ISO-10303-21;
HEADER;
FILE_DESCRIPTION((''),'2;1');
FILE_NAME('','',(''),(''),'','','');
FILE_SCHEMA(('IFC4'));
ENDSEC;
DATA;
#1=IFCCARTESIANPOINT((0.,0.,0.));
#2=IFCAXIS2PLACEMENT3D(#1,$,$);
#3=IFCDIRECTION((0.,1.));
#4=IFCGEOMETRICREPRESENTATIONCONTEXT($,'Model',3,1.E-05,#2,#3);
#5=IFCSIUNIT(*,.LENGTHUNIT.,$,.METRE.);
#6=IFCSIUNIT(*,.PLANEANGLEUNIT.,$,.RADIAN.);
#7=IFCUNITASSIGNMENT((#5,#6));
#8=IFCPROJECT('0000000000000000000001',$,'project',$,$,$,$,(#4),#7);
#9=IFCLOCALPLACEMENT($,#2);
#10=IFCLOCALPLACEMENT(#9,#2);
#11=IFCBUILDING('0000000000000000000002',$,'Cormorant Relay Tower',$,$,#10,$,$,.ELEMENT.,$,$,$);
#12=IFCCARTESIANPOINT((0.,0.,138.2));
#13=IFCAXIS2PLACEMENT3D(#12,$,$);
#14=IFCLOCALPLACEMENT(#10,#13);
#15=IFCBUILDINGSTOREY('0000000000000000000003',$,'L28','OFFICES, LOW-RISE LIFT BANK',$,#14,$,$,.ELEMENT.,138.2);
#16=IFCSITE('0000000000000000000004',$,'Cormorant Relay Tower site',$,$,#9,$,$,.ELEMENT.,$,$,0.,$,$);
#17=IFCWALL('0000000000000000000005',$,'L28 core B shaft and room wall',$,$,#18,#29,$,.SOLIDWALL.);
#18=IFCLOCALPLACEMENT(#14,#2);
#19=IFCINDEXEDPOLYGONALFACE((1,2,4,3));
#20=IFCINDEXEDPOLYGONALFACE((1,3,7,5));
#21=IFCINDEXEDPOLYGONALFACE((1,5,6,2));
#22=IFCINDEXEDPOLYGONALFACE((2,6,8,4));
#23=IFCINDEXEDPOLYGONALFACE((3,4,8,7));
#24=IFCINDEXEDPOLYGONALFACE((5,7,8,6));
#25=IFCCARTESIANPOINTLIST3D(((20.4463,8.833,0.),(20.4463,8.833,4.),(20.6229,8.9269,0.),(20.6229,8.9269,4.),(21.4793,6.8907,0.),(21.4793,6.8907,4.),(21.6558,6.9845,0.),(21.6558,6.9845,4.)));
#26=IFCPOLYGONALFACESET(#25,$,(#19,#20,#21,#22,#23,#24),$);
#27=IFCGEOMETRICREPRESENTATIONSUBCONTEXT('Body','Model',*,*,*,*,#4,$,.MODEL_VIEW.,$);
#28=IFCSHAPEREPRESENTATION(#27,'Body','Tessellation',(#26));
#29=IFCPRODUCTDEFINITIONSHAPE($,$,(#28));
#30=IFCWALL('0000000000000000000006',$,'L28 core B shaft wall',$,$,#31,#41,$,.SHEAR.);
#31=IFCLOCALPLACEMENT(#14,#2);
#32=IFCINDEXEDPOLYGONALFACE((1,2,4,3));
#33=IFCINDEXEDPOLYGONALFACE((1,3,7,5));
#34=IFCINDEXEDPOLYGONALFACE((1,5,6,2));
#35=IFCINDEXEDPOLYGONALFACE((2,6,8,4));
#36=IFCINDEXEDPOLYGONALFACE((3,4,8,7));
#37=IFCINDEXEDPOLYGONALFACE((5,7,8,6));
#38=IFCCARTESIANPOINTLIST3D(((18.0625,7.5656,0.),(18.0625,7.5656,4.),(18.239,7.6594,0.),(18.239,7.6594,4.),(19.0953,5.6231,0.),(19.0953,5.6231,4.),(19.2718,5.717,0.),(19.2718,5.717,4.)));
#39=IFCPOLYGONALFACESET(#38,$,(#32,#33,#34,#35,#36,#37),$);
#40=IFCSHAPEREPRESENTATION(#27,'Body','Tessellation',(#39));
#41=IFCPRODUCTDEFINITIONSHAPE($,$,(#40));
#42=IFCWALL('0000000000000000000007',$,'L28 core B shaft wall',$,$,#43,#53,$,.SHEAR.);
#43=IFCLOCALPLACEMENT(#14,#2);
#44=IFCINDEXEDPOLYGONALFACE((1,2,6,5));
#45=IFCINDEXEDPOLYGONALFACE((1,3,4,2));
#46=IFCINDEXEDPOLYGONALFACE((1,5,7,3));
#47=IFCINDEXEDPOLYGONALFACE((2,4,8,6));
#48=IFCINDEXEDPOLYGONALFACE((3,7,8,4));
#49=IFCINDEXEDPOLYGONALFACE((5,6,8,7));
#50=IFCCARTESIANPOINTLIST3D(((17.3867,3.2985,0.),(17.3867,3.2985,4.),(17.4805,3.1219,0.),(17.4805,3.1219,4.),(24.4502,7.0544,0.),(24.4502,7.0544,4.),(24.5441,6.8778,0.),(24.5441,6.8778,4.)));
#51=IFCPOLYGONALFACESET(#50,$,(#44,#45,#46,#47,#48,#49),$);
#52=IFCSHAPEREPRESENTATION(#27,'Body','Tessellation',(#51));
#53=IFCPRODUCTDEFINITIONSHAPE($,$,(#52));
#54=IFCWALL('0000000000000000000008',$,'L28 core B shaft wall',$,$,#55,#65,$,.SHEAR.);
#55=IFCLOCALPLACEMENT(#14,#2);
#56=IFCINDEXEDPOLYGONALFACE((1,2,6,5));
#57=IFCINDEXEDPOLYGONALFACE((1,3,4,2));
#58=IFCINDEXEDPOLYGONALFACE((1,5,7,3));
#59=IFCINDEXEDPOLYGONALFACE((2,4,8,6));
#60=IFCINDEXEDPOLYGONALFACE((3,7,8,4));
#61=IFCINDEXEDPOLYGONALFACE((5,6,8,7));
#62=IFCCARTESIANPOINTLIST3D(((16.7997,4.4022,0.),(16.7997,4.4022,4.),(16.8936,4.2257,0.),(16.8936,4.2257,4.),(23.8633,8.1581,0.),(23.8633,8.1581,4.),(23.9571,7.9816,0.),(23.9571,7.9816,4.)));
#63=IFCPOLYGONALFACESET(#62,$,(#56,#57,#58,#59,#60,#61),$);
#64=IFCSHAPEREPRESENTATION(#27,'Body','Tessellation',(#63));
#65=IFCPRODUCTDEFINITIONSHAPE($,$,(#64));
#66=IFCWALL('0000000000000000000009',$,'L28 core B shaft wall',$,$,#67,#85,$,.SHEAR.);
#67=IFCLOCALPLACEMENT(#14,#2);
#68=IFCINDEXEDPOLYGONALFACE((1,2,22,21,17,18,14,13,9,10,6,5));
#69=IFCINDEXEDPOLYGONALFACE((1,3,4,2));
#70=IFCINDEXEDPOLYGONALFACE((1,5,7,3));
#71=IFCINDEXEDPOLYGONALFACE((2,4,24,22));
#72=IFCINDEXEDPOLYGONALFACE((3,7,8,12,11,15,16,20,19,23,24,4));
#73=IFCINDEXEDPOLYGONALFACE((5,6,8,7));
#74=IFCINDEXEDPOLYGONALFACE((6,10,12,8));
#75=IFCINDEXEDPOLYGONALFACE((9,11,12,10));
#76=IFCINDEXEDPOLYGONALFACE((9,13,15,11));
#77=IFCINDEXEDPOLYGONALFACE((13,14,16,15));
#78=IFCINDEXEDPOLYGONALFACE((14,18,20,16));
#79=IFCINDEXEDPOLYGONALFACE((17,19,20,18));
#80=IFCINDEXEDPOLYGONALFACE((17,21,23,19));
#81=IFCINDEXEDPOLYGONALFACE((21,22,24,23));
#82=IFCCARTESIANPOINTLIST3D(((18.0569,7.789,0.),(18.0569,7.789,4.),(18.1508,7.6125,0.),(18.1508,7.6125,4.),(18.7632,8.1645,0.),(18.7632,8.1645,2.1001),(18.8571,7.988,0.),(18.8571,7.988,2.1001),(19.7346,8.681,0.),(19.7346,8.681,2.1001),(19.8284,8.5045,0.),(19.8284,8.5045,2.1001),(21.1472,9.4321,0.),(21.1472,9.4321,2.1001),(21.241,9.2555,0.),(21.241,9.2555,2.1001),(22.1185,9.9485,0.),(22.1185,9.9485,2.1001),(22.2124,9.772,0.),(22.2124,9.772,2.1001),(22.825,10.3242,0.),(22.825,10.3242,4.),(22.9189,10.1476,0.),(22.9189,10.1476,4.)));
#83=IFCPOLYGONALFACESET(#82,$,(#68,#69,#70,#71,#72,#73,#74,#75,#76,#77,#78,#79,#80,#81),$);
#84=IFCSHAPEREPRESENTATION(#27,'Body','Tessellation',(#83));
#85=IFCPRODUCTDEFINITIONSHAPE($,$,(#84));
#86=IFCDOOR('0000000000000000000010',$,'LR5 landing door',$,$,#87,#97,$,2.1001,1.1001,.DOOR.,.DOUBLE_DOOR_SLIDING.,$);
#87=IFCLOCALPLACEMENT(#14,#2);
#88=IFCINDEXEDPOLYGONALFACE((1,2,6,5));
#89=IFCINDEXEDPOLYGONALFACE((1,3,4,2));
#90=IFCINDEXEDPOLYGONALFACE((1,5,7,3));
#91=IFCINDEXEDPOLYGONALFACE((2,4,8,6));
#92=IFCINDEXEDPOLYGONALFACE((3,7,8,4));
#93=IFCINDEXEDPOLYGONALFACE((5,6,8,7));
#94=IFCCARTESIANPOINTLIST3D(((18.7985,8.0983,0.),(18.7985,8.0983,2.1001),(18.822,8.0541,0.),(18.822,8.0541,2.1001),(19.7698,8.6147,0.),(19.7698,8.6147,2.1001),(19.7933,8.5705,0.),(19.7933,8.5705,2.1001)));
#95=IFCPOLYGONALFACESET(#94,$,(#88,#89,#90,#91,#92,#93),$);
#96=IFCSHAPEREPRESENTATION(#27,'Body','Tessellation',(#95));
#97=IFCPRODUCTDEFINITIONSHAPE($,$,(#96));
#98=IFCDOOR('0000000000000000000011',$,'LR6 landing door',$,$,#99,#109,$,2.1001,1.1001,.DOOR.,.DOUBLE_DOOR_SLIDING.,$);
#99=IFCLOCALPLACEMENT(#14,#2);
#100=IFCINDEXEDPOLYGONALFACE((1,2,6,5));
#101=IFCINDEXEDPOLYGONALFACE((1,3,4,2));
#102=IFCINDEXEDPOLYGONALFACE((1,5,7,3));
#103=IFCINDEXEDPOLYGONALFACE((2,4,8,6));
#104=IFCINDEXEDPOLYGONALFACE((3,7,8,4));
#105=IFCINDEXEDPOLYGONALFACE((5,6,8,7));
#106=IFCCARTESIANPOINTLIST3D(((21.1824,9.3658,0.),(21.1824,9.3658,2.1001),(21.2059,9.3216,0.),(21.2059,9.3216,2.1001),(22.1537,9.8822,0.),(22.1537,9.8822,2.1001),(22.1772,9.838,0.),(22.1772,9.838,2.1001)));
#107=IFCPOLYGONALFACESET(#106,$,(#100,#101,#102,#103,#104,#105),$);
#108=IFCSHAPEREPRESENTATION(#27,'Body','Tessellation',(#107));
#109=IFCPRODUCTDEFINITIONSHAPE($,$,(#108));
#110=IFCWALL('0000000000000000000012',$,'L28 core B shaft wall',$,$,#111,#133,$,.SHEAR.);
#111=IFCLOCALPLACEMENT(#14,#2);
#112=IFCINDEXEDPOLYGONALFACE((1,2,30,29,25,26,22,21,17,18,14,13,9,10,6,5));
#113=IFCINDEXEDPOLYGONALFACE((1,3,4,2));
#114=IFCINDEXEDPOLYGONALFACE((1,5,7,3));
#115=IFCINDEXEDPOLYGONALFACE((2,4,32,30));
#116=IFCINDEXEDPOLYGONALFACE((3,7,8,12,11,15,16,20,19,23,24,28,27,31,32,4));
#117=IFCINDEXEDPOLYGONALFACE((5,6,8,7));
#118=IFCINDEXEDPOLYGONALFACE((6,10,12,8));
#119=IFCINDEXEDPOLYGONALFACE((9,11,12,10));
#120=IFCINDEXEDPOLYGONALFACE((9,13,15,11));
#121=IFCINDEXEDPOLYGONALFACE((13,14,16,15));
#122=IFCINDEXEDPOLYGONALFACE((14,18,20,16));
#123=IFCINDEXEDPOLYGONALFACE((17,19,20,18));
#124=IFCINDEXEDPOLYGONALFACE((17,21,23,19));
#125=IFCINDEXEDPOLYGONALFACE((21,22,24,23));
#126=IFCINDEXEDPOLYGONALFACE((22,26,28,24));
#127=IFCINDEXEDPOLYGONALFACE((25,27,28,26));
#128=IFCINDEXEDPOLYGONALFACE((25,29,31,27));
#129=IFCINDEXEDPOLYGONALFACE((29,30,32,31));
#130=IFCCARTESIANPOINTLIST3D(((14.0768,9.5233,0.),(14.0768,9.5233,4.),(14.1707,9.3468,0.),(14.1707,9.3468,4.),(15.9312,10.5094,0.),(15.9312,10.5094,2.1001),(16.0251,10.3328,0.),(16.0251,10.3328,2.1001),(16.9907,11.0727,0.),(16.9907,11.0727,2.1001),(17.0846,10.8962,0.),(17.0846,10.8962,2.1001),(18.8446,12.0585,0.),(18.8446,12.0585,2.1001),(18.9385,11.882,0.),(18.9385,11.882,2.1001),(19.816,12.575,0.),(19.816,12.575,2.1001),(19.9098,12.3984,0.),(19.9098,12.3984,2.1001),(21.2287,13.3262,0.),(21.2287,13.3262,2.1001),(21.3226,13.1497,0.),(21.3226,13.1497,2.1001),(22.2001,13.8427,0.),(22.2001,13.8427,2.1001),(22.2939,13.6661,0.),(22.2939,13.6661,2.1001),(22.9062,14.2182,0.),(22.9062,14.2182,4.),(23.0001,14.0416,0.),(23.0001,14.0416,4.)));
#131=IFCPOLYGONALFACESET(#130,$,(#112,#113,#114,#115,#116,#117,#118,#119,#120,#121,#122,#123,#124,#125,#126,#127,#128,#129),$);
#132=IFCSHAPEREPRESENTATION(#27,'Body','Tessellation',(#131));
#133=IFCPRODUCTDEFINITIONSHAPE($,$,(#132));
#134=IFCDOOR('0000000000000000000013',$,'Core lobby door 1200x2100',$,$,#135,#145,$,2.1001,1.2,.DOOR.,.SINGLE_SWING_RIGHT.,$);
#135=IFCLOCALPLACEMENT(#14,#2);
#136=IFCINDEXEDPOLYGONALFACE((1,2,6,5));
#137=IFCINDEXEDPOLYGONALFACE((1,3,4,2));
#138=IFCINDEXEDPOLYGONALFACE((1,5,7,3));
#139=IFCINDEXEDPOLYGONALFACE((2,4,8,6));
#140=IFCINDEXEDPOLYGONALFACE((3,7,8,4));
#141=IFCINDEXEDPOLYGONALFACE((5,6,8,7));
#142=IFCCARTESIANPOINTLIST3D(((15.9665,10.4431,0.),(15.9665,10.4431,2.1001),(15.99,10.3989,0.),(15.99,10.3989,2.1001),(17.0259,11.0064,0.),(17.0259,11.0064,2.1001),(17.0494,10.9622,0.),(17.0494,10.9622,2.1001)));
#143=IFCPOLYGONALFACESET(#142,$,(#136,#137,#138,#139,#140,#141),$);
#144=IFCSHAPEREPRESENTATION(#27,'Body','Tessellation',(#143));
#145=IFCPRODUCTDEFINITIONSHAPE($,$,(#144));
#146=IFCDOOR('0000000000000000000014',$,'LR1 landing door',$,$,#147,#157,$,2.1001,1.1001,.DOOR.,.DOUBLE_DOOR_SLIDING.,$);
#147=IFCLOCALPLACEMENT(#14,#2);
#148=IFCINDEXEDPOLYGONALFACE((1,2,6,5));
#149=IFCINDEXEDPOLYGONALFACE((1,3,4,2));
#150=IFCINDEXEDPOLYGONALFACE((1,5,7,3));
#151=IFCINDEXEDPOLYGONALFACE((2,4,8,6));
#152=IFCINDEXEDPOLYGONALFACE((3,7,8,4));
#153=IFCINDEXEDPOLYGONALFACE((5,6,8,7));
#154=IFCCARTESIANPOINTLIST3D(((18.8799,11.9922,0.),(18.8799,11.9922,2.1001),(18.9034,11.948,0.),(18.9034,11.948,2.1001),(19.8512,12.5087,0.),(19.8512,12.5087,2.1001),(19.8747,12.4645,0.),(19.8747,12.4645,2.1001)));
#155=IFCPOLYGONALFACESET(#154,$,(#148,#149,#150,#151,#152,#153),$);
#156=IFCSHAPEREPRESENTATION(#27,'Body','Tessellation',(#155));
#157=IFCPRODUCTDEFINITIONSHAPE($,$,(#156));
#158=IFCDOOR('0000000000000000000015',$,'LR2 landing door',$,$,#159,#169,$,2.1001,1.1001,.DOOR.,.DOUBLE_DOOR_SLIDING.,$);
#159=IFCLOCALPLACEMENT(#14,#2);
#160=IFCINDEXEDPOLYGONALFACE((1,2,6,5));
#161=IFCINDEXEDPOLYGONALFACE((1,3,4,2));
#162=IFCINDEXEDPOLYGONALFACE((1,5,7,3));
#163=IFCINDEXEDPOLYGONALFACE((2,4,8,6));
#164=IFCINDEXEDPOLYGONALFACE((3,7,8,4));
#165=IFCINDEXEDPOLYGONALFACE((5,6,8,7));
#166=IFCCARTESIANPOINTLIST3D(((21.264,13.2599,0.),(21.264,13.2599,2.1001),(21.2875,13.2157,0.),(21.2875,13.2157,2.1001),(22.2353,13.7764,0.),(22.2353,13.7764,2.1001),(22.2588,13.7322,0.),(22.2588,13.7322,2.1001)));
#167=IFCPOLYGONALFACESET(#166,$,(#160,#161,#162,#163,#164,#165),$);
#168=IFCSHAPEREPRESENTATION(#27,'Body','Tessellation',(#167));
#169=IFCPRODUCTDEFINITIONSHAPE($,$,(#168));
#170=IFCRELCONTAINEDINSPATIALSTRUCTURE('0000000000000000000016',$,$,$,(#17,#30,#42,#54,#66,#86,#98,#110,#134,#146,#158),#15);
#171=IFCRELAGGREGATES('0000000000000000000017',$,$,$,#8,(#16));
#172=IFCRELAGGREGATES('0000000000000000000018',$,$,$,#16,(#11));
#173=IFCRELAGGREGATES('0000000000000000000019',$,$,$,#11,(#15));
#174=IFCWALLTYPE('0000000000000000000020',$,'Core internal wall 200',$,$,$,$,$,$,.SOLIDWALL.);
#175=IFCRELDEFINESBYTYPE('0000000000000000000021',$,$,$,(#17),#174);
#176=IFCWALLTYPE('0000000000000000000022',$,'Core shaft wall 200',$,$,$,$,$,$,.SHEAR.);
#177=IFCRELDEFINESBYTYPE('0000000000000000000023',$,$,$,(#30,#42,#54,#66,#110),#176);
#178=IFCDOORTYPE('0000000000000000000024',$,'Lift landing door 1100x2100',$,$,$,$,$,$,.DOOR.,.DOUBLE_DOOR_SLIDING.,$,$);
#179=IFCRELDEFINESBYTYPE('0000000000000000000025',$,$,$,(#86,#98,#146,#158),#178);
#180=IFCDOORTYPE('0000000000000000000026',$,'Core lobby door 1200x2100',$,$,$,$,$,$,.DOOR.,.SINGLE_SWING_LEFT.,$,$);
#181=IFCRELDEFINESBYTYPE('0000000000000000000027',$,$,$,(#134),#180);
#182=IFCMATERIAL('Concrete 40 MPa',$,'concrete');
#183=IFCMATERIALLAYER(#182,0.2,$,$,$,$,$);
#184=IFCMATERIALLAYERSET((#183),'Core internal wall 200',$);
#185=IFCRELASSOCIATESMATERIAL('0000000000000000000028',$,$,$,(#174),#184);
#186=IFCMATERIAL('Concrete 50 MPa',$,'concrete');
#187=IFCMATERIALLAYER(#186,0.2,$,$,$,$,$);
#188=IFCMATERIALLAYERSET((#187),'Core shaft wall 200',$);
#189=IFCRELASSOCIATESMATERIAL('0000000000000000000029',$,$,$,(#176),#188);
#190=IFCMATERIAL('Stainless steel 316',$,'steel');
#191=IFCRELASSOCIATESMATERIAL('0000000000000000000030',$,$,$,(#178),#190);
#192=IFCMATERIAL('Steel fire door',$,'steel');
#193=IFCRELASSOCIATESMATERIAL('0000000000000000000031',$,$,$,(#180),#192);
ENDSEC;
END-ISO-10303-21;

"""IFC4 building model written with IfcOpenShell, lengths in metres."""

from ifc_helpers import new_model, si_unit, direction, frame, frame_2d, origin, place, context, subcontext, project, spatial, rectangle, extrude, material, layer, layer_set, type_object, element, fill, save


model = new_model("IFC4")

# Units and contexts
model_context = context("Model", 3, precision=1e-05, world=origin(), true_north=direction((0.0, 1.0)))
body_context = subcontext(model_context, "Body", "Model", "MODEL_VIEW")
ifc_project = project(units=[si_unit("LENGTHUNIT", "METRE"), si_unit("PLANEANGLEUNIT", "RADIAN")], contexts=[model_context])

# Site, building, storey
site_placement = place(None, origin())
site = spatial("IfcSite", under=ifc_project, at=site_placement, Name="Cormorant Relay Tower site", CompositionType="ELEMENT", RefElevation=0.0)
building_placement = place(site_placement, origin())
building = spatial("IfcBuilding", under=site, at=building_placement, Name="Cormorant Relay Tower", CompositionType="ELEMENT")
storey_placement = place(building_placement, frame((0.0, 0.0, 138.2)))
storey = spatial("IfcBuildingStorey", under=building, at=storey_placement, Name="L28", Description="OFFICES, LOW-RISE LIFT BANK", CompositionType="ELEMENT", Elevation=138.2)

# Walls
ifc_material_1 = material(Name="Concrete 40 MPa", Category="concrete")
ifc_layer_1 = layer(ifc_material_1, 0.2)
ifc_layer_set_1 = layer_set([ifc_layer_1], Name="Core internal wall 200")
wall_type_1 = type_object("IfcWallType", Name="Core internal wall 200", PredefinedType="SOLIDWALL", material=ifc_layer_set_1)
wall_1_placement = place(storey_placement, frame((21.5676, 6.9375, 0.0), z_axis=(0.0, 0.0, 1.0), x_axis=(-0.469534, 0.882914, 0.0)))
element("IfcWall", 1, at=wall_1_placement, inside=storey, type_object=wall_type_1, Name="L28 core B shaft and room wall", PredefinedType="SOLIDWALL", context=body_context, shape_type="SweptSolid", body=[
    extrude(rectangle(XDim=2.2, YDim=0.2, at=frame_2d((1.1001, 0.0))), origin(), (0.0, 0.0, 1.0), 4.0),
])
ifc_material_2 = material(Name="Concrete 50 MPa", Category="concrete")
ifc_layer_2 = layer(ifc_material_2, 0.2)
ifc_layer_set_2 = layer_set([ifc_layer_2], Name="Core shaft wall 200")
wall_type_2 = type_object("IfcWallType", Name="Core shaft wall 200", PredefinedType="SHEAR", material=ifc_layer_set_2)
wall_2_placement = place(storey_placement, frame((19.1836, 5.6699, 0.0), z_axis=(0.0, 0.0, 1.0), x_axis=(-0.469447, 0.88296, 0.0)))
element("IfcWall", 2, at=wall_2_placement, inside=storey, type_object=wall_type_2, Name="L28 core B shaft wall", PredefinedType="SHEAR", context=body_context, shape_type="SweptSolid", body=[
    extrude(rectangle(XDim=2.2, YDim=0.2, at=frame_2d((1.1001, 0.0))), origin(), (0.0, 0.0, 1.0), 4.0),
])
for number, where, z_axis, x_axis, name in (
    (3, (17.4336, 3.2102, 0.0), (0.0, 0.0, 1.0), (0.88294, 0.469485, 0.0), "L28 core B shaft wall"),
    (4, (16.8467, 4.314, 0.0), (0.0, 0.0, 1.0), (0.88294, 0.469485, 0.0), "L28 core B shaft wall"),
):
    element("IfcWall", number, at=place(storey_placement, frame(where, z_axis=z_axis, x_axis=x_axis)), inside=storey, type_object=wall_type_2, Name=name, PredefinedType="SHEAR", context=body_context, shape_type="SweptSolid", body=[
        extrude(rectangle(XDim=8.0, YDim=0.2, at=frame_2d((4.0, 0.0))), origin(), (0.0, 0.0, 1.0), 4.0),
    ])

# Walls, openings, doors
wall_3_placement = place(storey_placement, frame((18.1038, 7.7007, 0.0), z_axis=(0.0, 0.0, 1.0), x_axis=(0.882953, 0.469462, 0.0)))
wall_3 = element("IfcWall", 5, at=wall_3_placement, inside=storey, type_object=wall_type_2, Name="L28 core B shaft wall", PredefinedType="SHEAR", context=body_context, shape_type="SweptSolid", body=[
    extrude(rectangle(XDim=5.4001, YDim=0.2, at=frame_2d((2.7002, 0.0))), origin(), (0.0, 0.0, 1.0), 4.0),
])
opening_1_placement = place(wall_3_placement, frame((0.8, 0.0, 0.0)))
opening_1 = element("IfcOpeningElement", 6, at=opening_1_placement, cuts=wall_3, PredefinedType="OPENING", context=body_context, shape_type="SweptSolid", body=[
    extrude(rectangle(XDim=1.1001, YDim=2.1001, at=frame_2d((0.55, 1.05))), frame((0.0, 0.1099, 0.0), z_axis=(0.0, -1.0, 0.0), x_axis=(1.0, 0.0, 0.0)), (0.0, 0.0, 1.0), 0.22),
])
opening_2_placement = place(wall_3_placement, frame((3.5, 0.0, 0.0)))
opening_2 = element("IfcOpeningElement", 7, at=opening_2_placement, cuts=wall_3, PredefinedType="OPENING", context=body_context, shape_type="SweptSolid", body=[
    extrude(rectangle(XDim=1.1001, YDim=2.1001, at=frame_2d((0.55, 1.05))), frame((0.0, 0.1099, 0.0), z_axis=(0.0, -1.0, 0.0), x_axis=(1.0, 0.0, 0.0)), (0.0, 0.0, 1.0), 0.22),
])
ifc_material_3 = material(Name="Stainless steel 316", Category="steel")
door_type_1 = type_object("IfcDoorType", Name="Lift landing door 1100x2100", OperationType="DOUBLE_DOOR_SLIDING", PredefinedType="DOOR", material=ifc_material_3)
door_1_placement = place(opening_1_placement, origin())
door_1 = element("IfcDoor", 8, at=door_1_placement, inside=storey, type_object=door_type_1, Name="LR5 landing door", OperationType="DOUBLE_DOOR_SLIDING", OverallHeight=2.1001, OverallWidth=1.1001, PredefinedType="DOOR", context=body_context, shape_type="SweptSolid", body=[
    extrude(rectangle(XDim=1.1001, YDim=2.1001, at=frame_2d((0.55, 1.05))), frame((0.0, 0.0249, 0.0), z_axis=(0.0, -1.0, 0.0), x_axis=(1.0, 0.0, 0.0)), (0.0, 0.0, 1.0), 0.05),
])
fill(opening_1, door_1)
door_2_placement = place(opening_2_placement, origin())
door_2 = element("IfcDoor", 9, at=door_2_placement, inside=storey, type_object=door_type_1, Name="LR6 landing door", OperationType="DOUBLE_DOOR_SLIDING", OverallHeight=2.1001, OverallWidth=1.1001, PredefinedType="DOOR", context=body_context, shape_type="SweptSolid", body=[
    extrude(rectangle(XDim=1.1001, YDim=2.1001, at=frame_2d((0.55, 1.05))), frame((0.0, 0.0249, 0.0), z_axis=(0.0, -1.0, 0.0), x_axis=(1.0, 0.0, 0.0)), (0.0, 0.0, 1.0), 0.05),
])
fill(opening_2, door_2)
wall_4_placement = place(storey_placement, frame((14.1238, 9.4351, 0.0), z_axis=(0.0, 0.0, 1.0), x_axis=(0.88294, 0.469485, 0.0)))
wall_4 = element("IfcWall", 10, at=wall_4_placement, inside=storey, type_object=wall_type_2, Name="L28 core B shaft wall", PredefinedType="SHEAR", context=body_context, shape_type="SweptSolid", body=[
    extrude(rectangle(XDim=10.0, YDim=0.2, at=frame_2d((5.0, 0.0))), origin(), (0.0, 0.0, 1.0), 4.0),
])
opening_3_placement = place(wall_4_placement, frame((2.1001, 0.0, 0.0)))
opening_3 = element("IfcOpeningElement", 11, at=opening_3_placement, cuts=wall_4, PredefinedType="OPENING", context=body_context, shape_type="SweptSolid", body=[
    extrude(rectangle(XDim=1.2, YDim=2.1001, at=frame_2d((0.6001, 1.05))), frame((0.0, 0.1099, 0.0), z_axis=(0.0, -1.0, 0.0), x_axis=(1.0, 0.0, 0.0)), (0.0, 0.0, 1.0), 0.22),
])
opening_4_placement = place(wall_4_placement, frame((5.3999, 0.0, 0.0)))
opening_4 = element("IfcOpeningElement", 12, at=opening_4_placement, cuts=wall_4, PredefinedType="OPENING", context=body_context, shape_type="SweptSolid", body=[
    extrude(rectangle(XDim=1.1001, YDim=2.1001, at=frame_2d((0.55, 1.05))), frame((0.0, 0.1099, 0.0), z_axis=(0.0, -1.0, 0.0), x_axis=(1.0, 0.0, 0.0)), (0.0, 0.0, 1.0), 0.22),
])
opening_5_placement = place(wall_4_placement, frame((8.1001, 0.0, 0.0)))
opening_5 = element("IfcOpeningElement", 13, at=opening_5_placement, cuts=wall_4, PredefinedType="OPENING", context=body_context, shape_type="SweptSolid", body=[
    extrude(rectangle(XDim=1.1001, YDim=2.1001, at=frame_2d((0.55, 1.05))), frame((0.0, 0.1099, 0.0), z_axis=(0.0, -1.0, 0.0), x_axis=(1.0, 0.0, 0.0)), (0.0, 0.0, 1.0), 0.22),
])
ifc_material_4 = material(Name="Steel fire door", Category="steel")
door_type_2 = type_object("IfcDoorType", Name="Core lobby door 1200x2100", OperationType="SINGLE_SWING_LEFT", PredefinedType="DOOR", material=ifc_material_4)
door_3_placement = place(opening_3_placement, origin())
door_3 = element("IfcDoor", 14, at=door_3_placement, inside=storey, type_object=door_type_2, Name="Core lobby door 1200x2100", OperationType="SINGLE_SWING_RIGHT", OverallHeight=2.1001, OverallWidth=1.2, PredefinedType="DOOR", context=body_context, shape_type="SweptSolid", body=[
    extrude(rectangle(XDim=1.2, YDim=2.1001, at=frame_2d((0.6001, 1.05))), frame((0.0, 0.0249, 0.0), z_axis=(0.0, -1.0, 0.0), x_axis=(1.0, 0.0, 0.0)), (0.0, 0.0, 1.0), 0.05),
])
fill(opening_3, door_3)
door_4_placement = place(opening_4_placement, origin())
door_4 = element("IfcDoor", 15, at=door_4_placement, inside=storey, type_object=door_type_1, Name="LR1 landing door", OperationType="DOUBLE_DOOR_SLIDING", OverallHeight=2.1001, OverallWidth=1.1001, PredefinedType="DOOR", context=body_context, shape_type="SweptSolid", body=[
    extrude(rectangle(XDim=1.1001, YDim=2.1001, at=frame_2d((0.55, 1.05))), frame((0.0, 0.0249, 0.0), z_axis=(0.0, -1.0, 0.0), x_axis=(1.0, 0.0, 0.0)), (0.0, 0.0, 1.0), 0.05),
])
fill(opening_4, door_4)
door_5_placement = place(opening_5_placement, origin())
door_5 = element("IfcDoor", 16, at=door_5_placement, inside=storey, type_object=door_type_1, Name="LR2 landing door", OperationType="DOUBLE_DOOR_SLIDING", OverallHeight=2.1001, OverallWidth=1.1001, PredefinedType="DOOR", context=body_context, shape_type="SweptSolid", body=[
    extrude(rectangle(XDim=1.1001, YDim=2.1001, at=frame_2d((0.55, 1.05))), frame((0.0, 0.0249, 0.0), z_axis=(0.0, -1.0, 0.0), x_axis=(1.0, 0.0, 0.0)), (0.0, 0.0, 1.0), 0.05),
])
fill(opening_5, door_5)

save(model, "model.ifc")
